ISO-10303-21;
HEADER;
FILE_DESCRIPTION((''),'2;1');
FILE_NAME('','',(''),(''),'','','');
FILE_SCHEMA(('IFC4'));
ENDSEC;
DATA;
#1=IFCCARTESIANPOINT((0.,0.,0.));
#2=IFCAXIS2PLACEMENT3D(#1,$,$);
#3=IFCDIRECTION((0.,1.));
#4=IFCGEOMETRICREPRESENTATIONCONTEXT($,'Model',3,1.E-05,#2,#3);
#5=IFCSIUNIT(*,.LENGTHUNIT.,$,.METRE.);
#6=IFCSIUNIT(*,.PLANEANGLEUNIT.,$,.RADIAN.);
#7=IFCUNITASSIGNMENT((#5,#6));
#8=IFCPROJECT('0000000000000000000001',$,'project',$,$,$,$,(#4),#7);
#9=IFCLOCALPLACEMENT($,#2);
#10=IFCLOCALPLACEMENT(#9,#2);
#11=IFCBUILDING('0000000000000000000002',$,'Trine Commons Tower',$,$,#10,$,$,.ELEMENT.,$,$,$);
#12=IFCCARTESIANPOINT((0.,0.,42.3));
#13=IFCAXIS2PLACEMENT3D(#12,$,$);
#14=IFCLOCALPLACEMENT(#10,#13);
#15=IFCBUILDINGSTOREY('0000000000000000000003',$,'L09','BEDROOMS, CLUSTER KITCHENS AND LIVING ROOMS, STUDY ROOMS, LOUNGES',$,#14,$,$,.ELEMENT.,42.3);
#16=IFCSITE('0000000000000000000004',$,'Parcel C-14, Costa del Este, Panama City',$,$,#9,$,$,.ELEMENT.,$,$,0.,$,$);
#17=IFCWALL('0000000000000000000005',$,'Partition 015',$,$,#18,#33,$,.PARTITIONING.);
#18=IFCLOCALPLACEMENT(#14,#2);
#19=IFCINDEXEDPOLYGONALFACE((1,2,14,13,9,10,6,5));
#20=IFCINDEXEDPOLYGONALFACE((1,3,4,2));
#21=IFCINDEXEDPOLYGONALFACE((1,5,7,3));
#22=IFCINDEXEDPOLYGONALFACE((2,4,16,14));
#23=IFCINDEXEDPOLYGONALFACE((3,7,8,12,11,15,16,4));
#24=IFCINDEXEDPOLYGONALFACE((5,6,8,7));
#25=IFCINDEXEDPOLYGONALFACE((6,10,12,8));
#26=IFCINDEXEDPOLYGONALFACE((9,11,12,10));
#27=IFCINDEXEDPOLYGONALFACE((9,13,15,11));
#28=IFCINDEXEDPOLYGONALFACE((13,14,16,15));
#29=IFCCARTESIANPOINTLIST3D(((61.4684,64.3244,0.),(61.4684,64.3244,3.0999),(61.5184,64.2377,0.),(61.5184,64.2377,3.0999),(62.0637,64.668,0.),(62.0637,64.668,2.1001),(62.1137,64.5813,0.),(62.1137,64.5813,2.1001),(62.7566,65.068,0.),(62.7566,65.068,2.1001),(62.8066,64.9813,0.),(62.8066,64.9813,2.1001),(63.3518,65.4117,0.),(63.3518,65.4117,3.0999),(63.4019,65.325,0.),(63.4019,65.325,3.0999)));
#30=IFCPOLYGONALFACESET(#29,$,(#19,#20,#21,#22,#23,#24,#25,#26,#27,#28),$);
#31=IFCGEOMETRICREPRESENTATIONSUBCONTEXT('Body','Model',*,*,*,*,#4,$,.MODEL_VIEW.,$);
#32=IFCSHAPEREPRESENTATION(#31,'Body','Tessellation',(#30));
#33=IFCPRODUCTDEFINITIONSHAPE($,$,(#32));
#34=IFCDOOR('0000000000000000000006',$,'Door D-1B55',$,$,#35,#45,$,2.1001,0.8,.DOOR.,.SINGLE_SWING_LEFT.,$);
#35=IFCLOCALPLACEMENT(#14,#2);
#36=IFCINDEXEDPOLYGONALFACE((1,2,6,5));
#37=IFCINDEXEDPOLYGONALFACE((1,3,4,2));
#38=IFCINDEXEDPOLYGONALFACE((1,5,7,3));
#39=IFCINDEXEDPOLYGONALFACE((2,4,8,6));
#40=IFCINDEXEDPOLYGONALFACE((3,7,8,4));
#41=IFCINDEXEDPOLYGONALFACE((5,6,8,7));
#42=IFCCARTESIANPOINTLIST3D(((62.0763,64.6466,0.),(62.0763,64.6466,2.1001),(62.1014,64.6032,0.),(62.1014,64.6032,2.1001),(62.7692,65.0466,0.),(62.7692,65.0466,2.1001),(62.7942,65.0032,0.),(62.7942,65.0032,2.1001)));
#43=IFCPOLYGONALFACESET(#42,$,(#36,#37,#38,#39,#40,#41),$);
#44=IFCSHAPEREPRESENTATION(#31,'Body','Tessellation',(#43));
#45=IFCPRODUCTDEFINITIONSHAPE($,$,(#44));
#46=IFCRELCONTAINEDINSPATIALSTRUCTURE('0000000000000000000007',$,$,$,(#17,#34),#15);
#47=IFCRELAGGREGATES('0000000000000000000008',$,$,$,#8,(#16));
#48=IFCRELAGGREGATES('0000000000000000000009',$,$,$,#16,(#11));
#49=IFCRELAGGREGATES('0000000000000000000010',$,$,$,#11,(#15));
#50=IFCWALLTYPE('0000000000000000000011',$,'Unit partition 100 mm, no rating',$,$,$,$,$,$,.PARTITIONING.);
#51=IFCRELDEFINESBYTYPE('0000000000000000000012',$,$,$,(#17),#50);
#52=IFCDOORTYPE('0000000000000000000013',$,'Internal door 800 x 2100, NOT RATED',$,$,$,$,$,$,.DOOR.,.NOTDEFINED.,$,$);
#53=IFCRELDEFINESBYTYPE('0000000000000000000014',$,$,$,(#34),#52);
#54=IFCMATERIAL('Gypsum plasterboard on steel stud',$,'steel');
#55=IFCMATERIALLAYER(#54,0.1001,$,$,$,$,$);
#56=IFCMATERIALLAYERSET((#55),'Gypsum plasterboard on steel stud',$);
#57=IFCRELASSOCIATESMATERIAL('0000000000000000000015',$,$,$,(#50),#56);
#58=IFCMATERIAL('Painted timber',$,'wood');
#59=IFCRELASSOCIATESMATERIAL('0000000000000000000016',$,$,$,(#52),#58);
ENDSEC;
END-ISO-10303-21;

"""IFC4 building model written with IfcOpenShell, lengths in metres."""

from ifc_helpers import new_model, si_unit, direction, frame, frame_2d, origin, place, context, subcontext, project, spatial, rectangle, extrude, material, layer, layer_set, type_object, element, fill, save


model = new_model("IFC4")

# Units and contexts
model_context = context("Model", 3, precision=1e-05, world=origin(), true_north=direction((0.0, 1.0)))
body_context = subcontext(model_context, "Body", "Model", "MODEL_VIEW")
ifc_project = project(units=[si_unit("LENGTHUNIT", "METRE"), si_unit("PLANEANGLEUNIT", "RADIAN")], contexts=[model_context])

# Site, building, storey
site_placement = place(None, origin())
site = spatial("IfcSite", under=ifc_project, at=site_placement, Name="Parcel C-14, Costa del Este, Panama City", CompositionType="ELEMENT", RefElevation=0.0)
building_placement = place(site_placement, origin())
building = spatial("IfcBuilding", under=site, at=building_placement, Name="Trine Commons Tower", CompositionType="ELEMENT")
storey_placement = place(building_placement, frame((0.0, 0.0, 42.3)))
storey = spatial("IfcBuildingStorey", under=building, at=storey_placement, Name="L09", Description="BEDROOMS, CLUSTER KITCHENS AND LIVING ROOMS, STUDY ROOMS, LOUNGES", CompositionType="ELEMENT", Elevation=42.3)

# Shared definitions
ifc_material_1 = material(Name="Gypsum plasterboard on steel stud", Category="steel")

# Shared definitions
ifc_material_2 = material(Name="Painted timber", Category="wood")

# Shared definitions
ifc_layer_1 = layer(ifc_material_1, 0.1001)
ifc_layer_set_1 = layer_set([ifc_layer_1], Name="Gypsum plasterboard on steel stud")
wall_type_1 = type_object("IfcWallType", Name="Unit partition 100 mm, no rating", PredefinedType="PARTITIONING", material=ifc_layer_set_1)
door_type_1 = type_object("IfcDoorType", Name="Internal door 800 x 2100, NOT RATED", OperationType="NOTDEFINED", PredefinedType="DOOR", material=ifc_material_2)

# Wall, opening, door
wall_1_placement = place(storey_placement, frame((61.4934, 64.281, 0.0), z_axis=(0.0, 0.0, 1.0), x_axis=(0.866038, 0.499978, 0.0)))
wall_1 = element("IfcWall", 1, at=wall_1_placement, inside=storey, type_object=wall_type_1, Name="Partition 015", PredefinedType="PARTITIONING", context=body_context, shape_type="SweptSolid", body=[
    extrude(rectangle(XDim=2.1748, YDim=0.1001, at=frame_2d((1.0874, 0.0))), origin(), (0.0, 0.0, 1.0), 3.0999),
])
opening_1_placement = place(wall_1_placement, frame((0.6875, 0.0, 0.0)))
opening_1 = element("IfcOpeningElement", 2, at=opening_1_placement, cuts=wall_1, PredefinedType="OPENING", context=body_context, shape_type="SweptSolid", body=[
    extrude(rectangle(XDim=0.8, YDim=2.1001, at=frame_2d((0.3999, 1.05))), frame((0.0, 0.0601, 0.0), z_axis=(0.0, -1.0, 0.0), x_axis=(1.0, 0.0, 0.0)), (0.0, 0.0, 1.0), 0.1201),
])
door_1_placement = place(opening_1_placement, frame((0.8, 0.0, 0.0), z_axis=(0.0, 0.0, 1.0), x_axis=(-1.0, 0.0, 0.0)))
door_1 = element("IfcDoor", 3, at=door_1_placement, inside=storey, type_object=door_type_1, Name="Door D-1B55", OperationType="SINGLE_SWING_LEFT", OverallHeight=2.1001, OverallWidth=0.8, PredefinedType="DOOR", context=body_context, shape_type="SweptSolid", body=[
    extrude(rectangle(XDim=0.8, YDim=2.1001, at=frame_2d((0.3999, 1.05))), frame((0.0, 0.0249, 0.0), z_axis=(0.0, -1.0, 0.0), x_axis=(1.0, 0.0, 0.0)), (0.0, 0.0, 1.0), 0.05),
])
fill(opening_1, door_1)

save(model, "model.ifc")
